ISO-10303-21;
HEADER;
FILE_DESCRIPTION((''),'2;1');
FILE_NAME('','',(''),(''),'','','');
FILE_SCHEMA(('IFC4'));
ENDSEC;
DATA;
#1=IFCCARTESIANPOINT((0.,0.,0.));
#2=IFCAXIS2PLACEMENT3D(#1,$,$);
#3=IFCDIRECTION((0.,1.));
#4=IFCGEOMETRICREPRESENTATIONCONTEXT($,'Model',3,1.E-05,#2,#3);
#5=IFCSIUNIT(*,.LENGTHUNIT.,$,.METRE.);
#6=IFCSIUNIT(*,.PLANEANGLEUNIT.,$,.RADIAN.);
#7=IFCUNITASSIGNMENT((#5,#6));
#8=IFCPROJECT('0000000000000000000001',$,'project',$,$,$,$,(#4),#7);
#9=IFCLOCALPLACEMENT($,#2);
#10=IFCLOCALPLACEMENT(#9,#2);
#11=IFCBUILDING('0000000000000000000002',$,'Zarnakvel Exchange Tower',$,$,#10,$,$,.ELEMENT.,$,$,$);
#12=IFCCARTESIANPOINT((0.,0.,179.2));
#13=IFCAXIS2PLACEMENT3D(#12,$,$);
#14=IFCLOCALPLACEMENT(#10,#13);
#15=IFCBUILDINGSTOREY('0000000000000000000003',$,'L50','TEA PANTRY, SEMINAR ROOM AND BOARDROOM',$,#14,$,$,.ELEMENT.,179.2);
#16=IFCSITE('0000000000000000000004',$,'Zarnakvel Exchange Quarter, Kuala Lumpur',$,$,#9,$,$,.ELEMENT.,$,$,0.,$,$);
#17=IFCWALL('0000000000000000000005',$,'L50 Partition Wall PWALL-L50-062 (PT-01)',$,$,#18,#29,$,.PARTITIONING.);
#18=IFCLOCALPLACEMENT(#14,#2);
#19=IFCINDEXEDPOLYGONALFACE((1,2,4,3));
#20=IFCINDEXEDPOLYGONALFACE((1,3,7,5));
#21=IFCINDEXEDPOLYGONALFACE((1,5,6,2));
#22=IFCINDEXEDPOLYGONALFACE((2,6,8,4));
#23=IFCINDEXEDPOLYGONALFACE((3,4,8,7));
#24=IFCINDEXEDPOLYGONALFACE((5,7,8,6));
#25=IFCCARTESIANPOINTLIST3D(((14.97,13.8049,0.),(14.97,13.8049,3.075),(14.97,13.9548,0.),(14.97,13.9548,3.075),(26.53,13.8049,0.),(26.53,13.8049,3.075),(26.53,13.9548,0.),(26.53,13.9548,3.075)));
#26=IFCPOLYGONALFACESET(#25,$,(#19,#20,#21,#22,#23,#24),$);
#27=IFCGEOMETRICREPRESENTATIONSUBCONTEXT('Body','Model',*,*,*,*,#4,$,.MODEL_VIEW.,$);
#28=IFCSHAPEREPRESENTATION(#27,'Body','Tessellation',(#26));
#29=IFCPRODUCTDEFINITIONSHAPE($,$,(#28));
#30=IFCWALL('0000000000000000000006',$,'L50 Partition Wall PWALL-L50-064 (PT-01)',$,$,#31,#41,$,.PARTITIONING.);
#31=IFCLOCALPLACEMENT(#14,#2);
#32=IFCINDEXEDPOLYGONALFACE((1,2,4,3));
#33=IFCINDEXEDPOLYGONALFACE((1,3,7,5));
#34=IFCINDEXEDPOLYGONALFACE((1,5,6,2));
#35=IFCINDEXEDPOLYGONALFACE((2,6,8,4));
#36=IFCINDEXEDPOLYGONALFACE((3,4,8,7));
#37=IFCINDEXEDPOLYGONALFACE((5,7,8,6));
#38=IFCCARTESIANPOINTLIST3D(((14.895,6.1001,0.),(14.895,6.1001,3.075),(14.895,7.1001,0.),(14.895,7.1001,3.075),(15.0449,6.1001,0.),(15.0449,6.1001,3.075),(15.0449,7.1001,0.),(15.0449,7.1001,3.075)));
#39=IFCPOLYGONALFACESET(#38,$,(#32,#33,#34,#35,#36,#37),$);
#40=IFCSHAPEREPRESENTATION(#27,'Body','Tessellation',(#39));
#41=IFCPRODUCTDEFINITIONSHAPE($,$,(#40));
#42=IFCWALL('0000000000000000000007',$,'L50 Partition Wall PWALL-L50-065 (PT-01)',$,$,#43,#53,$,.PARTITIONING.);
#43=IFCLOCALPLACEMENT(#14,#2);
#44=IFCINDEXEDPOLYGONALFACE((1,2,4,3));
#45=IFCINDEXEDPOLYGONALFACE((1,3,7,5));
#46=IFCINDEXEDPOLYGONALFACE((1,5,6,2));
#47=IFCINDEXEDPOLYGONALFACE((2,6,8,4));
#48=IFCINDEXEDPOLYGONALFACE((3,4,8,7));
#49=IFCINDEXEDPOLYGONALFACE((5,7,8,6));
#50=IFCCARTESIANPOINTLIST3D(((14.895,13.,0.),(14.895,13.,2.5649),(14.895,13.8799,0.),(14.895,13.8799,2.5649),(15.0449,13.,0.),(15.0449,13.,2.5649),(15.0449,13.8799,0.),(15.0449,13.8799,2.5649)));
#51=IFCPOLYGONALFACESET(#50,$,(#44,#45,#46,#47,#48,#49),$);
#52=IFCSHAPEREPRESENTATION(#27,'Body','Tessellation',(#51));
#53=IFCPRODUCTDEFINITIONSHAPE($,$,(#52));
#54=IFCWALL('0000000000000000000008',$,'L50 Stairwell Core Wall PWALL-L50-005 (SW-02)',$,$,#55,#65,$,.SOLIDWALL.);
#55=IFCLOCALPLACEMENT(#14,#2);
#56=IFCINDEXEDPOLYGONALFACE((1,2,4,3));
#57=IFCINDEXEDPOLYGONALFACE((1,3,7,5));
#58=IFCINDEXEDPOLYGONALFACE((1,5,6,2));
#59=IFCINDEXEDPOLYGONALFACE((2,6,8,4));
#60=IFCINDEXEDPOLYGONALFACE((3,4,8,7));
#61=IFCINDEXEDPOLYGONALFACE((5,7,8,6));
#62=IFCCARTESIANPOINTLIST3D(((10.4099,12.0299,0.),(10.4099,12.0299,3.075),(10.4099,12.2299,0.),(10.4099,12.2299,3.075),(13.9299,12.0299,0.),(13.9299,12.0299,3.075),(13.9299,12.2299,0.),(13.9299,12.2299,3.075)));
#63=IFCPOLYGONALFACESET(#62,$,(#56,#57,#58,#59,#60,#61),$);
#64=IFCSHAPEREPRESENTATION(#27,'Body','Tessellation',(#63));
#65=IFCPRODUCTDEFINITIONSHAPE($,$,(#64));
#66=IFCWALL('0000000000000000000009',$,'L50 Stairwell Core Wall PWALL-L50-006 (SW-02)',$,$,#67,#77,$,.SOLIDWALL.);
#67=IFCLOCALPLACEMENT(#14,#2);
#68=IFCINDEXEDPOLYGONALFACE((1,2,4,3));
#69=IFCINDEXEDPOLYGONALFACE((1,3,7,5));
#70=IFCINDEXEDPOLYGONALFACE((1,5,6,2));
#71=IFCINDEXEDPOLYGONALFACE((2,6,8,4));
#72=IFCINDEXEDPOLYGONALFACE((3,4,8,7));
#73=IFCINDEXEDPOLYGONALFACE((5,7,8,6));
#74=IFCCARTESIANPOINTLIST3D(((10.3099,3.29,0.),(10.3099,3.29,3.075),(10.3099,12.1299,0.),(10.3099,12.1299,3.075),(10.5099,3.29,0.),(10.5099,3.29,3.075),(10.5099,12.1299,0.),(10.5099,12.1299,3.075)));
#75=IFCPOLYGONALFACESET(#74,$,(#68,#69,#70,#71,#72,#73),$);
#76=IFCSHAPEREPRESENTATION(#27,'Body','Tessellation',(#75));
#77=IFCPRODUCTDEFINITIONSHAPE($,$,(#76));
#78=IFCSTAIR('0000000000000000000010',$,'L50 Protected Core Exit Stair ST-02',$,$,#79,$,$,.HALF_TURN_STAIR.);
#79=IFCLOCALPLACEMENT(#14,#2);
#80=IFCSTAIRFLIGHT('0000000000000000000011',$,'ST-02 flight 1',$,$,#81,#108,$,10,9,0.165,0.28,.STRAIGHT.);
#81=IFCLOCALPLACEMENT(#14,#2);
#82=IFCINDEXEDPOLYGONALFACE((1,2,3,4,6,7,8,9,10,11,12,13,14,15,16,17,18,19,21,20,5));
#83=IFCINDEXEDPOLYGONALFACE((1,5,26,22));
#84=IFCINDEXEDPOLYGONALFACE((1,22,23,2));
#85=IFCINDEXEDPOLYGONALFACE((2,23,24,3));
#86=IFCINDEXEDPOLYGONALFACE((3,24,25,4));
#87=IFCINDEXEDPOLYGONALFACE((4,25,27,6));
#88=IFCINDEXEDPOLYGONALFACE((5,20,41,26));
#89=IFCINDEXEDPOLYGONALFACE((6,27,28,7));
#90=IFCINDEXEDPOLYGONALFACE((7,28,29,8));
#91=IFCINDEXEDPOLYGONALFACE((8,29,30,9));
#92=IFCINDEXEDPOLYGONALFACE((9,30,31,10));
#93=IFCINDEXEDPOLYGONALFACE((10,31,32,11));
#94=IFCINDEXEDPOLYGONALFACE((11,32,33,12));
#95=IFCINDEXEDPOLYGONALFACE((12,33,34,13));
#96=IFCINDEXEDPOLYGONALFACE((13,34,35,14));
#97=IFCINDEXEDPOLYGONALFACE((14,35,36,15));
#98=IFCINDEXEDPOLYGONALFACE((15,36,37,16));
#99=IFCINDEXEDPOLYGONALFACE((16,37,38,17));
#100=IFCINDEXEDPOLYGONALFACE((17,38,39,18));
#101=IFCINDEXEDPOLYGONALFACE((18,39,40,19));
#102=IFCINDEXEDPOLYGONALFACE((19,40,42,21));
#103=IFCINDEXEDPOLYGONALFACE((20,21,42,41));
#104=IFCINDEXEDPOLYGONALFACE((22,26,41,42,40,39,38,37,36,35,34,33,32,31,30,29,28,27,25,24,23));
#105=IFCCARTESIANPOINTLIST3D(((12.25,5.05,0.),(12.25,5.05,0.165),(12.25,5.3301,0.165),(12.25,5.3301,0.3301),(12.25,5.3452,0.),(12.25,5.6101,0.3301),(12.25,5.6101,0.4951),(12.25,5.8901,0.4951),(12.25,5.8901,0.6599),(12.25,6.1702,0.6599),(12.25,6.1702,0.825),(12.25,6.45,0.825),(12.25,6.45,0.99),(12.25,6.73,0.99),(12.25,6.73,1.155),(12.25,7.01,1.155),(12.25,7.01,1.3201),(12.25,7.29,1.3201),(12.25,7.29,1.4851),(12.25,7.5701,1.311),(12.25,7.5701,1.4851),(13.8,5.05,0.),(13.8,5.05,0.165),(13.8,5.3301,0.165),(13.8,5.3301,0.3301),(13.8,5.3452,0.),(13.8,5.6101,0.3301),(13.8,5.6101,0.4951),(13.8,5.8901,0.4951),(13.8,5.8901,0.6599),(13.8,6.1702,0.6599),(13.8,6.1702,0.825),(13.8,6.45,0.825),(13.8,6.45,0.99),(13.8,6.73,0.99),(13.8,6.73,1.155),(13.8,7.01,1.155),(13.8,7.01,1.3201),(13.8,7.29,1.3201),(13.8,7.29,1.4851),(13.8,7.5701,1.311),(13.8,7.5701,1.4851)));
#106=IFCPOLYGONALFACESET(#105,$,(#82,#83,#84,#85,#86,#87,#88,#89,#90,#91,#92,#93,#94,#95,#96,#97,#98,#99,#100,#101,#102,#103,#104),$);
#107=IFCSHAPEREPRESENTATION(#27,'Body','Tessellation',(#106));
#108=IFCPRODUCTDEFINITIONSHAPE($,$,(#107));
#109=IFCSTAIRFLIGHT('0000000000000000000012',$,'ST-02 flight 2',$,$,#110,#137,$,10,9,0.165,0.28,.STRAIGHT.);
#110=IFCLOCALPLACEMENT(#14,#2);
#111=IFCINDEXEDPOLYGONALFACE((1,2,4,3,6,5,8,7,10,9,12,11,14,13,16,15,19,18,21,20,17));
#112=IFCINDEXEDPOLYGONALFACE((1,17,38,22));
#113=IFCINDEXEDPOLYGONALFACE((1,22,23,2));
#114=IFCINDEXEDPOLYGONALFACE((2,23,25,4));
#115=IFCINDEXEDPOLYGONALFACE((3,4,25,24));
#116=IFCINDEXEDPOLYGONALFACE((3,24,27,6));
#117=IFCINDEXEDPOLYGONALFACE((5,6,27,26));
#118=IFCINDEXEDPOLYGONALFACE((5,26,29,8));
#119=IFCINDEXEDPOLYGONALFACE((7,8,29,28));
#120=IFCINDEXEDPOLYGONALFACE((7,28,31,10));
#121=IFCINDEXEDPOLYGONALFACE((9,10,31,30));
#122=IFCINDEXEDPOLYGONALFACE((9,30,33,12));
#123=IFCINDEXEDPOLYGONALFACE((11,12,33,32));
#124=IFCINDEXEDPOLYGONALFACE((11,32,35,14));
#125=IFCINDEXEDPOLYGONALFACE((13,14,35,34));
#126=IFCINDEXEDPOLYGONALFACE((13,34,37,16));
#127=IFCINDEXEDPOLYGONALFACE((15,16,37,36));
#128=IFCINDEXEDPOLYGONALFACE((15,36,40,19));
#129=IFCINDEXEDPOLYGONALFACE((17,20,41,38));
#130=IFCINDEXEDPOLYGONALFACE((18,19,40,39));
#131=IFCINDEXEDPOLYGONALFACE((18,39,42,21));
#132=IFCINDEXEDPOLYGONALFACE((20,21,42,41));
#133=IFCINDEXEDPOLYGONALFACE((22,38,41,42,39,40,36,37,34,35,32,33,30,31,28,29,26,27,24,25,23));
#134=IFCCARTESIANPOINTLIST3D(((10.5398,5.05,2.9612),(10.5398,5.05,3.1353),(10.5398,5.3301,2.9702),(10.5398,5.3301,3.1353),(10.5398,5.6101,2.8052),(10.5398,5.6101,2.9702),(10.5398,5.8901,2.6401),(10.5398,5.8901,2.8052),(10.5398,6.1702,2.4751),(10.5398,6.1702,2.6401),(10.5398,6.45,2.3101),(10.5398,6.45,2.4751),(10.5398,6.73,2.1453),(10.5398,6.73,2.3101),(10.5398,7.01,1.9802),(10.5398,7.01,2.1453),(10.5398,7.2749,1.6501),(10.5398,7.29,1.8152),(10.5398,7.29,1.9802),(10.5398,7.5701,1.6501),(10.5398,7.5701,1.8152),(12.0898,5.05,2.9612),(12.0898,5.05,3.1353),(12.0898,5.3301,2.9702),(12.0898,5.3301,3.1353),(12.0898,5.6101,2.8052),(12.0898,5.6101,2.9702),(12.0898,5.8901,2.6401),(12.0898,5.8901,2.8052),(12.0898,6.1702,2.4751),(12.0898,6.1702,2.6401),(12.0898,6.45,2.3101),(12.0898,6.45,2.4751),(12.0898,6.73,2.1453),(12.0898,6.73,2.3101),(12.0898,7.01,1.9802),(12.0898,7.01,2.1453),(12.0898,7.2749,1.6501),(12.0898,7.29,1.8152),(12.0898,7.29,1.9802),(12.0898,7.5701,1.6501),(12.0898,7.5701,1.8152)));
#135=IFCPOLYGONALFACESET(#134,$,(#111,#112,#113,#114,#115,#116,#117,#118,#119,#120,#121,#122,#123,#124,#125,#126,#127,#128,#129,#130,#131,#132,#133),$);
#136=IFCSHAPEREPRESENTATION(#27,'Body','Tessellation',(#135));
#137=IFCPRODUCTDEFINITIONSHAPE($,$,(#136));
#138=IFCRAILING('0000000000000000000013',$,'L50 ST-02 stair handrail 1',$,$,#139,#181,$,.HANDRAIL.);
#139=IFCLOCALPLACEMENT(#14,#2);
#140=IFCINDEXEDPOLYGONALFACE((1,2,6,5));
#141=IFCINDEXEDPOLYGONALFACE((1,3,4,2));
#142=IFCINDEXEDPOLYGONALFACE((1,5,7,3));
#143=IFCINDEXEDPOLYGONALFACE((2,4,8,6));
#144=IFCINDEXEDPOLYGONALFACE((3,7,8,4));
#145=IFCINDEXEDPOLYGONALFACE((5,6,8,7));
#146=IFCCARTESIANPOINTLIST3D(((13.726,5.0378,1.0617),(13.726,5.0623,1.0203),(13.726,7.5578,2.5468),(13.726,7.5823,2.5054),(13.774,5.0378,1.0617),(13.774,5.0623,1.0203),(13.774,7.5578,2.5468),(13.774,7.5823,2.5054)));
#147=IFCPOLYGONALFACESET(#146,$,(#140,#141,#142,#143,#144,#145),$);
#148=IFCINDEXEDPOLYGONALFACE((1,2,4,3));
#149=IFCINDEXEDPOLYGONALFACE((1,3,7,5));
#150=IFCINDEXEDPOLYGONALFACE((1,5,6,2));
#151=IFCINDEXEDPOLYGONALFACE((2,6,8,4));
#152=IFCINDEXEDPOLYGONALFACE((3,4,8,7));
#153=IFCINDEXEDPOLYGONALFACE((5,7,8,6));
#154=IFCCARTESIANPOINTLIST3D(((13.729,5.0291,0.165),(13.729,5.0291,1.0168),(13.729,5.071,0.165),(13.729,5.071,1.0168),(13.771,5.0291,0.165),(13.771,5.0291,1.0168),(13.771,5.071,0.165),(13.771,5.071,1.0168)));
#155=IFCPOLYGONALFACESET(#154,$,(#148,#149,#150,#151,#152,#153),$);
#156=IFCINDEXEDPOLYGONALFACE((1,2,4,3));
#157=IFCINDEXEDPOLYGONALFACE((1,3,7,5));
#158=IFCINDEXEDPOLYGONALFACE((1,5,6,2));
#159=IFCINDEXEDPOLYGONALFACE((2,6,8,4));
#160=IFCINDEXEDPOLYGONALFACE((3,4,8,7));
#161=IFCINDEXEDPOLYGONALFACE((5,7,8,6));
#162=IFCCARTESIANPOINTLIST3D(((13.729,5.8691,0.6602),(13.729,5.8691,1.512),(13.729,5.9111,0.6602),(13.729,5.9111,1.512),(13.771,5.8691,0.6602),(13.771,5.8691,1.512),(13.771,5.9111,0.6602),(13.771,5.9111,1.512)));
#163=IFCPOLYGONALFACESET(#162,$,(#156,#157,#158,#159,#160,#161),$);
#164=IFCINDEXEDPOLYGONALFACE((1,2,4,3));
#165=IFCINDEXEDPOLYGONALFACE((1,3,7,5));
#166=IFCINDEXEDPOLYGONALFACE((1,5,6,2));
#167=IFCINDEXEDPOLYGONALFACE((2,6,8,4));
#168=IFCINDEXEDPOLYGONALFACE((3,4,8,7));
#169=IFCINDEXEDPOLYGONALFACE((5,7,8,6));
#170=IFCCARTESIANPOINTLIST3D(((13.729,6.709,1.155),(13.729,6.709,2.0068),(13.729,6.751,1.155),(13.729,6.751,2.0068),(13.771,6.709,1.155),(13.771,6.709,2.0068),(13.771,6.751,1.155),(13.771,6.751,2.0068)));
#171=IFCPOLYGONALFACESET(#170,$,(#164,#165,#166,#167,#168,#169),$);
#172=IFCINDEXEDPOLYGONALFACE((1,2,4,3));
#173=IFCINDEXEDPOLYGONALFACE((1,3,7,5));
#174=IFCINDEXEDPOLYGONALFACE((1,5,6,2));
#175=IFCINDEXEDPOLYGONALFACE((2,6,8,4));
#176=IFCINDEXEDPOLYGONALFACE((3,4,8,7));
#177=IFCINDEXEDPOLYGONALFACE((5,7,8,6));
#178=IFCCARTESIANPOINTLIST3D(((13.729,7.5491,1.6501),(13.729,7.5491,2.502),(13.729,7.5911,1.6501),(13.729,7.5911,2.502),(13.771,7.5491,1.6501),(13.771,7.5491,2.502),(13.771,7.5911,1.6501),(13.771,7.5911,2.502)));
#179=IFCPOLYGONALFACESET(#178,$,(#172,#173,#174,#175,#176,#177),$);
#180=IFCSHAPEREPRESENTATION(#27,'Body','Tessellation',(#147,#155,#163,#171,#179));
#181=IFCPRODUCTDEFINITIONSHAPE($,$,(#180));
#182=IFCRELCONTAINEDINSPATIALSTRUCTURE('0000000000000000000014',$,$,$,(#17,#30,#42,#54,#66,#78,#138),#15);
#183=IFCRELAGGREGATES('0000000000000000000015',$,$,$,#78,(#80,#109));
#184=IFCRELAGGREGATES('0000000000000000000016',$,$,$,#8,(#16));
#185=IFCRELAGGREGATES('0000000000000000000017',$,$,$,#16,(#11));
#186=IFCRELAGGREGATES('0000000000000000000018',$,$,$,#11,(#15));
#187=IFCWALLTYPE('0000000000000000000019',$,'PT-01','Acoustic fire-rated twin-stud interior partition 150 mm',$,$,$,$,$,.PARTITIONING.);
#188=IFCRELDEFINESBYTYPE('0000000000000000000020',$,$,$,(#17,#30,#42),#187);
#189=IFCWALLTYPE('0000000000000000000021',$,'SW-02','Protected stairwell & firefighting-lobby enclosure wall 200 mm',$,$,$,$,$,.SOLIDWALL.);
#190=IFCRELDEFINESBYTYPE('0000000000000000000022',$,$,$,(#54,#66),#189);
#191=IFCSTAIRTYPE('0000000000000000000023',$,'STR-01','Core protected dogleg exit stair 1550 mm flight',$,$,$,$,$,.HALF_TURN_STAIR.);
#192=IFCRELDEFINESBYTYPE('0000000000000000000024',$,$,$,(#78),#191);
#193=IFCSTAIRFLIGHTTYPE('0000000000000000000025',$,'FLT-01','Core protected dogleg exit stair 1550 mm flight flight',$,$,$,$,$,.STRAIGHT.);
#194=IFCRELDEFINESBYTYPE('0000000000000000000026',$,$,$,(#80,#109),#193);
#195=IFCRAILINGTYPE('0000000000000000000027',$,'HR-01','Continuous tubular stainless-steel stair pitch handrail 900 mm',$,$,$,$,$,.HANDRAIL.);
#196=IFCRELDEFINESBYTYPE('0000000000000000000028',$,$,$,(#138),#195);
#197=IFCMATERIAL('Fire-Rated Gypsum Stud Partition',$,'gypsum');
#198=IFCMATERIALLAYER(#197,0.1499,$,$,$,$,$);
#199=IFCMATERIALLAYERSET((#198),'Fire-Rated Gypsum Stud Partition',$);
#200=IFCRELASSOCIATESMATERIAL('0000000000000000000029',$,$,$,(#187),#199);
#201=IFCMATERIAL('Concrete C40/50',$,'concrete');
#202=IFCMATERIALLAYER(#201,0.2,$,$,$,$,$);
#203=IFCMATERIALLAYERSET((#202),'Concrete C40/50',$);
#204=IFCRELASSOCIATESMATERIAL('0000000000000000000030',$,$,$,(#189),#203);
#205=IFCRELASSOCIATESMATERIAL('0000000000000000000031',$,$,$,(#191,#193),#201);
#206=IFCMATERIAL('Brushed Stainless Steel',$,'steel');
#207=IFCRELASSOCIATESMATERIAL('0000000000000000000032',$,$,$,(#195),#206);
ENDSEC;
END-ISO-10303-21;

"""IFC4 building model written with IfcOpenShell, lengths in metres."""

from ifc_helpers import new_model, si_unit, direction, frame, frame_2d, origin, origin_2d, place, context, subcontext, project, spatial, polyline, rectangle, outline, extrude, material, layer, layer_set, type_object, element, aggregate, save


model = new_model("IFC4")

# Units and contexts
model_context = context("Model", 3, precision=1e-05, world=origin(), true_north=direction((0.0, 1.0)))
body_context = subcontext(model_context, "Body", "Model", "MODEL_VIEW")
ifc_project = project(units=[si_unit("LENGTHUNIT", "METRE"), si_unit("PLANEANGLEUNIT", "RADIAN")], contexts=[model_context])

# Site, building, storey
site_placement = place(None, origin())
site = spatial("IfcSite", under=ifc_project, at=site_placement, Name="Zarnakvel Exchange Quarter, Kuala Lumpur", CompositionType="ELEMENT", RefElevation=0.0)
building_placement = place(site_placement, origin())
building = spatial("IfcBuilding", under=site, at=building_placement, Name="Zarnakvel Exchange Tower", CompositionType="ELEMENT")
storey_placement = place(building_placement, frame((0.0, 0.0, 179.2)))
storey = spatial("IfcBuildingStorey", under=building, at=storey_placement, Name="L50", Description="TEA PANTRY, SEMINAR ROOM AND BOARDROOM", CompositionType="ELEMENT", Elevation=179.2)

# Walls
ifc_material_1 = material(Name="Fire-Rated Gypsum Stud Partition", Category="gypsum")
ifc_layer_1 = layer(ifc_material_1, 0.1499)
ifc_layer_set_1 = layer_set([ifc_layer_1], Name="Fire-Rated Gypsum Stud Partition")
wall_type_1 = type_object("IfcWallType", Name="PT-01", Description="Acoustic fire-rated twin-stud interior partition 150 mm", PredefinedType="PARTITIONING", material=ifc_layer_set_1)
wall_1_placement = place(storey_placement, frame((14.97, 13.8799, 0.0), z_axis=(0.0, 0.0, 1.0), x_axis=(1.0, 0.0, 0.0)))
element("IfcWall", 1, at=wall_1_placement, inside=storey, type_object=wall_type_1, Name="L50 Partition Wall PWALL-L50-062 (PT-01)", PredefinedType="PARTITIONING", context=body_context, shape_type="SweptSolid", body=[
    extrude(rectangle(XDim=11.5601, YDim=0.1499, at=frame_2d((5.78, 0.0))), origin(), (0.0, 0.0, 1.0), 3.075),
])
wall_2_placement = place(storey_placement, frame((14.97, 6.1001, 0.0), z_axis=(0.0, 0.0, 1.0), x_axis=(0.0, 1.0, 0.0)))
element("IfcWall", 2, at=wall_2_placement, inside=storey, type_object=wall_type_1, Name="L50 Partition Wall PWALL-L50-064 (PT-01)", PredefinedType="PARTITIONING", context=body_context, shape_type="SweptSolid", body=[
    extrude(rectangle(XDim=1.0, YDim=0.1499, at=frame_2d((0.5, 0.0))), origin(), (0.0, 0.0, 1.0), 3.075),
])
wall_3_placement = place(storey_placement, frame((14.97, 13.0, 0.0), z_axis=(0.0, 0.0, 1.0), x_axis=(0.0, 1.0, 0.0)))
element("IfcWall", 3, at=wall_3_placement, inside=storey, type_object=wall_type_1, Name="L50 Partition Wall PWALL-L50-065 (PT-01)", PredefinedType="PARTITIONING", context=body_context, shape_type="SweptSolid", body=[
    extrude(rectangle(XDim=0.8799, YDim=0.1499, at=frame_2d((0.4399, 0.0))), origin(), (0.0, 0.0, 1.0), 2.5649),
])

# Shared definitions
ifc_material_2 = material(Name="Concrete C40/50", Category="concrete")
ifc_layer_2 = layer(ifc_material_2, 0.2)
ifc_layer_set_2 = layer_set([ifc_layer_2], Name="Concrete C40/50")
wall_type_2 = type_object("IfcWallType", Name="SW-02", Description="Protected stairwell & firefighting-lobby enclosure wall 200 mm", PredefinedType="SOLIDWALL", material=ifc_layer_set_2)

# Walls
wall_4_placement = place(storey_placement, frame((10.4099, 12.1299, 0.0), z_axis=(0.0, 0.0, 1.0), x_axis=(1.0, 0.0, 0.0)))
element("IfcWall", 4, at=wall_4_placement, inside=storey, type_object=wall_type_2, Name="L50 Stairwell Core Wall PWALL-L50-005 (SW-02)", PredefinedType="SOLIDWALL", context=body_context, shape_type="SweptSolid", body=[
    extrude(rectangle(XDim=3.52, YDim=0.2, at=frame_2d((1.76, 0.0))), origin(), (0.0, 0.0, 1.0), 3.075),
])
wall_5_placement = place(storey_placement, frame((10.4099, 3.29, 0.0), z_axis=(0.0, 0.0, 1.0), x_axis=(0.0, 1.0, 0.0)))
element("IfcWall", 5, at=wall_5_placement, inside=storey, type_object=wall_type_2, Name="L50 Stairwell Core Wall PWALL-L50-006 (SW-02)", PredefinedType="SOLIDWALL", context=body_context, shape_type="SweptSolid", body=[
    extrude(rectangle(XDim=8.8398, YDim=0.2, at=frame_2d((4.4199, 0.0))), origin(), (0.0, 0.0, 1.0), 3.075),
])

# Stair, stair flights
stair_type = type_object("IfcStairType", Name="STR-01", Description="Core protected dogleg exit stair 1550 mm flight", PredefinedType="HALF_TURN_STAIR", material=ifc_material_2)
stair_placement = place(storey_placement, origin())
stair = element("IfcStair", 6, at=stair_placement, inside=storey, type_object=stair_type, Name="L50 Protected Core Exit Stair ST-02", PredefinedType="HALF_TURN_STAIR")
stair_flight_type = type_object("IfcStairFlightType", Name="FLT-01", Description="Core protected dogleg exit stair 1550 mm flight flight", PredefinedType="STRAIGHT", material=ifc_material_2)
stair_flight_1_placement = place(storey_placement, frame((13.0249, 5.05, 0.0), z_axis=(0.0, 0.0, 1.0), x_axis=(0.0, 1.0, 0.0)))
stair_flight_1 = element("IfcStairFlight", 7, at=stair_flight_1_placement, type_object=stair_flight_type, Name="ST-02 flight 1", NumberOfRisers=10, NumberOfTreads=9, PredefinedType="STRAIGHT", RiserHeight=0.165, TreadLength=0.28, context=body_context, shape_type="SweptSolid", body=[
    extrude(outline(polyline([(0.0, 0.0), (0.0, 0.165), (0.28, 0.165), (0.28, 0.3301), (0.5601, 0.3301), (0.5601, 0.4951), (0.8401, 0.4951), (0.8401, 0.6599), (1.1201, 0.6599), (1.1201, 0.825), (1.3999, 0.825), (1.3999, 0.99), (1.6799, 0.99), (1.6799, 1.155), (1.96, 1.155), (1.96, 1.3201), (2.24, 1.3201), (2.24, 1.4851), (2.52, 1.4851), (2.52, 1.6499), (2.52, 1.311), (0.2952, 0.0), (0.0, 0.0)])), frame((0.0, 0.7749, 0.0), z_axis=(0.0, -1.0, 0.0), x_axis=(1.0, 0.0, 0.0)), (0.0, 0.0, 1.0), 1.55),
])
stair_flight_2_placement = place(storey_placement, frame((11.3149, 7.5701, 1.6501), z_axis=(0.0, 0.0, 1.0), x_axis=(0.0, -1.0, 0.0)))
stair_flight_2 = element("IfcStairFlight", 8, at=stair_flight_2_placement, type_object=stair_flight_type, Name="ST-02 flight 2", NumberOfRisers=10, NumberOfTreads=9, PredefinedType="STRAIGHT", RiserHeight=0.165, TreadLength=0.28, context=body_context, shape_type="SweptSolid", body=[
    extrude(outline(polyline([(0.0, 0.0), (0.0, 0.165), (0.28, 0.165), (0.28, 0.3301), (0.5601, 0.3301), (0.5601, 0.4951), (0.8401, 0.4951), (0.8401, 0.6599), (1.1201, 0.6599), (1.1201, 0.825), (1.3999, 0.825), (1.3999, 0.99), (1.6799, 0.99), (1.6799, 1.155), (1.96, 1.155), (1.96, 1.3201), (2.24, 1.3201), (2.24, 1.4851), (2.52, 1.4851), (2.52, 1.6499), (2.52, 1.311), (0.2952, 0.0), (0.0, 0.0)])), frame((0.0, 0.7749, 0.0), z_axis=(0.0, -1.0, 0.0), x_axis=(1.0, 0.0, 0.0)), (0.0, 0.0, 1.0), 1.55),
])
aggregate(stair, [stair_flight_1, stair_flight_2])

# Railing
ifc_material_3 = material(Name="Brushed Stainless Steel", Category="steel")
railing_type_1 = type_object("IfcRailingType", Name="HR-01", Description="Continuous tubular stainless-steel stair pitch handrail 900 mm", PredefinedType="HANDRAIL", material=ifc_material_3)
railing_1_placement = place(storey_placement, frame((13.75, 5.05, 0.165)))
element("IfcRailing", 9, at=railing_1_placement, inside=storey, type_object=railing_type_1, Name="L50 ST-02 stair handrail 1", PredefinedType="HANDRAIL", context=body_context, shape_type="SweptSolid", body=[
    extrude(rectangle(XDim=0.0481, YDim=0.0481, at=origin_2d()), frame((0.0, 0.0, 0.876), z_axis=(0.0, 0.861524, 0.507717), x_axis=(-1.0, 0.0, 0.0)), (0.0, 0.0, 1.0), 2.925),
    extrude(rectangle(XDim=0.042, YDim=0.042, at=origin_2d()), origin(), (0.0, 0.0, 1.0), 0.8518),
    extrude(rectangle(XDim=0.042, YDim=0.042, at=origin_2d()), frame((0.0, 0.8401, 0.4951)), (0.0, 0.0, 1.0), 0.8518),
    extrude(rectangle(XDim=0.042, YDim=0.042, at=origin_2d()), frame((0.0, 1.6799, 0.99)), (0.0, 0.0, 1.0), 0.8518),
    extrude(rectangle(XDim=0.042, YDim=0.042, at=origin_2d()), frame((0.0, 2.52, 1.4851)), (0.0, 0.0, 1.0), 0.8518),
])

save(model, "model.ifc")
